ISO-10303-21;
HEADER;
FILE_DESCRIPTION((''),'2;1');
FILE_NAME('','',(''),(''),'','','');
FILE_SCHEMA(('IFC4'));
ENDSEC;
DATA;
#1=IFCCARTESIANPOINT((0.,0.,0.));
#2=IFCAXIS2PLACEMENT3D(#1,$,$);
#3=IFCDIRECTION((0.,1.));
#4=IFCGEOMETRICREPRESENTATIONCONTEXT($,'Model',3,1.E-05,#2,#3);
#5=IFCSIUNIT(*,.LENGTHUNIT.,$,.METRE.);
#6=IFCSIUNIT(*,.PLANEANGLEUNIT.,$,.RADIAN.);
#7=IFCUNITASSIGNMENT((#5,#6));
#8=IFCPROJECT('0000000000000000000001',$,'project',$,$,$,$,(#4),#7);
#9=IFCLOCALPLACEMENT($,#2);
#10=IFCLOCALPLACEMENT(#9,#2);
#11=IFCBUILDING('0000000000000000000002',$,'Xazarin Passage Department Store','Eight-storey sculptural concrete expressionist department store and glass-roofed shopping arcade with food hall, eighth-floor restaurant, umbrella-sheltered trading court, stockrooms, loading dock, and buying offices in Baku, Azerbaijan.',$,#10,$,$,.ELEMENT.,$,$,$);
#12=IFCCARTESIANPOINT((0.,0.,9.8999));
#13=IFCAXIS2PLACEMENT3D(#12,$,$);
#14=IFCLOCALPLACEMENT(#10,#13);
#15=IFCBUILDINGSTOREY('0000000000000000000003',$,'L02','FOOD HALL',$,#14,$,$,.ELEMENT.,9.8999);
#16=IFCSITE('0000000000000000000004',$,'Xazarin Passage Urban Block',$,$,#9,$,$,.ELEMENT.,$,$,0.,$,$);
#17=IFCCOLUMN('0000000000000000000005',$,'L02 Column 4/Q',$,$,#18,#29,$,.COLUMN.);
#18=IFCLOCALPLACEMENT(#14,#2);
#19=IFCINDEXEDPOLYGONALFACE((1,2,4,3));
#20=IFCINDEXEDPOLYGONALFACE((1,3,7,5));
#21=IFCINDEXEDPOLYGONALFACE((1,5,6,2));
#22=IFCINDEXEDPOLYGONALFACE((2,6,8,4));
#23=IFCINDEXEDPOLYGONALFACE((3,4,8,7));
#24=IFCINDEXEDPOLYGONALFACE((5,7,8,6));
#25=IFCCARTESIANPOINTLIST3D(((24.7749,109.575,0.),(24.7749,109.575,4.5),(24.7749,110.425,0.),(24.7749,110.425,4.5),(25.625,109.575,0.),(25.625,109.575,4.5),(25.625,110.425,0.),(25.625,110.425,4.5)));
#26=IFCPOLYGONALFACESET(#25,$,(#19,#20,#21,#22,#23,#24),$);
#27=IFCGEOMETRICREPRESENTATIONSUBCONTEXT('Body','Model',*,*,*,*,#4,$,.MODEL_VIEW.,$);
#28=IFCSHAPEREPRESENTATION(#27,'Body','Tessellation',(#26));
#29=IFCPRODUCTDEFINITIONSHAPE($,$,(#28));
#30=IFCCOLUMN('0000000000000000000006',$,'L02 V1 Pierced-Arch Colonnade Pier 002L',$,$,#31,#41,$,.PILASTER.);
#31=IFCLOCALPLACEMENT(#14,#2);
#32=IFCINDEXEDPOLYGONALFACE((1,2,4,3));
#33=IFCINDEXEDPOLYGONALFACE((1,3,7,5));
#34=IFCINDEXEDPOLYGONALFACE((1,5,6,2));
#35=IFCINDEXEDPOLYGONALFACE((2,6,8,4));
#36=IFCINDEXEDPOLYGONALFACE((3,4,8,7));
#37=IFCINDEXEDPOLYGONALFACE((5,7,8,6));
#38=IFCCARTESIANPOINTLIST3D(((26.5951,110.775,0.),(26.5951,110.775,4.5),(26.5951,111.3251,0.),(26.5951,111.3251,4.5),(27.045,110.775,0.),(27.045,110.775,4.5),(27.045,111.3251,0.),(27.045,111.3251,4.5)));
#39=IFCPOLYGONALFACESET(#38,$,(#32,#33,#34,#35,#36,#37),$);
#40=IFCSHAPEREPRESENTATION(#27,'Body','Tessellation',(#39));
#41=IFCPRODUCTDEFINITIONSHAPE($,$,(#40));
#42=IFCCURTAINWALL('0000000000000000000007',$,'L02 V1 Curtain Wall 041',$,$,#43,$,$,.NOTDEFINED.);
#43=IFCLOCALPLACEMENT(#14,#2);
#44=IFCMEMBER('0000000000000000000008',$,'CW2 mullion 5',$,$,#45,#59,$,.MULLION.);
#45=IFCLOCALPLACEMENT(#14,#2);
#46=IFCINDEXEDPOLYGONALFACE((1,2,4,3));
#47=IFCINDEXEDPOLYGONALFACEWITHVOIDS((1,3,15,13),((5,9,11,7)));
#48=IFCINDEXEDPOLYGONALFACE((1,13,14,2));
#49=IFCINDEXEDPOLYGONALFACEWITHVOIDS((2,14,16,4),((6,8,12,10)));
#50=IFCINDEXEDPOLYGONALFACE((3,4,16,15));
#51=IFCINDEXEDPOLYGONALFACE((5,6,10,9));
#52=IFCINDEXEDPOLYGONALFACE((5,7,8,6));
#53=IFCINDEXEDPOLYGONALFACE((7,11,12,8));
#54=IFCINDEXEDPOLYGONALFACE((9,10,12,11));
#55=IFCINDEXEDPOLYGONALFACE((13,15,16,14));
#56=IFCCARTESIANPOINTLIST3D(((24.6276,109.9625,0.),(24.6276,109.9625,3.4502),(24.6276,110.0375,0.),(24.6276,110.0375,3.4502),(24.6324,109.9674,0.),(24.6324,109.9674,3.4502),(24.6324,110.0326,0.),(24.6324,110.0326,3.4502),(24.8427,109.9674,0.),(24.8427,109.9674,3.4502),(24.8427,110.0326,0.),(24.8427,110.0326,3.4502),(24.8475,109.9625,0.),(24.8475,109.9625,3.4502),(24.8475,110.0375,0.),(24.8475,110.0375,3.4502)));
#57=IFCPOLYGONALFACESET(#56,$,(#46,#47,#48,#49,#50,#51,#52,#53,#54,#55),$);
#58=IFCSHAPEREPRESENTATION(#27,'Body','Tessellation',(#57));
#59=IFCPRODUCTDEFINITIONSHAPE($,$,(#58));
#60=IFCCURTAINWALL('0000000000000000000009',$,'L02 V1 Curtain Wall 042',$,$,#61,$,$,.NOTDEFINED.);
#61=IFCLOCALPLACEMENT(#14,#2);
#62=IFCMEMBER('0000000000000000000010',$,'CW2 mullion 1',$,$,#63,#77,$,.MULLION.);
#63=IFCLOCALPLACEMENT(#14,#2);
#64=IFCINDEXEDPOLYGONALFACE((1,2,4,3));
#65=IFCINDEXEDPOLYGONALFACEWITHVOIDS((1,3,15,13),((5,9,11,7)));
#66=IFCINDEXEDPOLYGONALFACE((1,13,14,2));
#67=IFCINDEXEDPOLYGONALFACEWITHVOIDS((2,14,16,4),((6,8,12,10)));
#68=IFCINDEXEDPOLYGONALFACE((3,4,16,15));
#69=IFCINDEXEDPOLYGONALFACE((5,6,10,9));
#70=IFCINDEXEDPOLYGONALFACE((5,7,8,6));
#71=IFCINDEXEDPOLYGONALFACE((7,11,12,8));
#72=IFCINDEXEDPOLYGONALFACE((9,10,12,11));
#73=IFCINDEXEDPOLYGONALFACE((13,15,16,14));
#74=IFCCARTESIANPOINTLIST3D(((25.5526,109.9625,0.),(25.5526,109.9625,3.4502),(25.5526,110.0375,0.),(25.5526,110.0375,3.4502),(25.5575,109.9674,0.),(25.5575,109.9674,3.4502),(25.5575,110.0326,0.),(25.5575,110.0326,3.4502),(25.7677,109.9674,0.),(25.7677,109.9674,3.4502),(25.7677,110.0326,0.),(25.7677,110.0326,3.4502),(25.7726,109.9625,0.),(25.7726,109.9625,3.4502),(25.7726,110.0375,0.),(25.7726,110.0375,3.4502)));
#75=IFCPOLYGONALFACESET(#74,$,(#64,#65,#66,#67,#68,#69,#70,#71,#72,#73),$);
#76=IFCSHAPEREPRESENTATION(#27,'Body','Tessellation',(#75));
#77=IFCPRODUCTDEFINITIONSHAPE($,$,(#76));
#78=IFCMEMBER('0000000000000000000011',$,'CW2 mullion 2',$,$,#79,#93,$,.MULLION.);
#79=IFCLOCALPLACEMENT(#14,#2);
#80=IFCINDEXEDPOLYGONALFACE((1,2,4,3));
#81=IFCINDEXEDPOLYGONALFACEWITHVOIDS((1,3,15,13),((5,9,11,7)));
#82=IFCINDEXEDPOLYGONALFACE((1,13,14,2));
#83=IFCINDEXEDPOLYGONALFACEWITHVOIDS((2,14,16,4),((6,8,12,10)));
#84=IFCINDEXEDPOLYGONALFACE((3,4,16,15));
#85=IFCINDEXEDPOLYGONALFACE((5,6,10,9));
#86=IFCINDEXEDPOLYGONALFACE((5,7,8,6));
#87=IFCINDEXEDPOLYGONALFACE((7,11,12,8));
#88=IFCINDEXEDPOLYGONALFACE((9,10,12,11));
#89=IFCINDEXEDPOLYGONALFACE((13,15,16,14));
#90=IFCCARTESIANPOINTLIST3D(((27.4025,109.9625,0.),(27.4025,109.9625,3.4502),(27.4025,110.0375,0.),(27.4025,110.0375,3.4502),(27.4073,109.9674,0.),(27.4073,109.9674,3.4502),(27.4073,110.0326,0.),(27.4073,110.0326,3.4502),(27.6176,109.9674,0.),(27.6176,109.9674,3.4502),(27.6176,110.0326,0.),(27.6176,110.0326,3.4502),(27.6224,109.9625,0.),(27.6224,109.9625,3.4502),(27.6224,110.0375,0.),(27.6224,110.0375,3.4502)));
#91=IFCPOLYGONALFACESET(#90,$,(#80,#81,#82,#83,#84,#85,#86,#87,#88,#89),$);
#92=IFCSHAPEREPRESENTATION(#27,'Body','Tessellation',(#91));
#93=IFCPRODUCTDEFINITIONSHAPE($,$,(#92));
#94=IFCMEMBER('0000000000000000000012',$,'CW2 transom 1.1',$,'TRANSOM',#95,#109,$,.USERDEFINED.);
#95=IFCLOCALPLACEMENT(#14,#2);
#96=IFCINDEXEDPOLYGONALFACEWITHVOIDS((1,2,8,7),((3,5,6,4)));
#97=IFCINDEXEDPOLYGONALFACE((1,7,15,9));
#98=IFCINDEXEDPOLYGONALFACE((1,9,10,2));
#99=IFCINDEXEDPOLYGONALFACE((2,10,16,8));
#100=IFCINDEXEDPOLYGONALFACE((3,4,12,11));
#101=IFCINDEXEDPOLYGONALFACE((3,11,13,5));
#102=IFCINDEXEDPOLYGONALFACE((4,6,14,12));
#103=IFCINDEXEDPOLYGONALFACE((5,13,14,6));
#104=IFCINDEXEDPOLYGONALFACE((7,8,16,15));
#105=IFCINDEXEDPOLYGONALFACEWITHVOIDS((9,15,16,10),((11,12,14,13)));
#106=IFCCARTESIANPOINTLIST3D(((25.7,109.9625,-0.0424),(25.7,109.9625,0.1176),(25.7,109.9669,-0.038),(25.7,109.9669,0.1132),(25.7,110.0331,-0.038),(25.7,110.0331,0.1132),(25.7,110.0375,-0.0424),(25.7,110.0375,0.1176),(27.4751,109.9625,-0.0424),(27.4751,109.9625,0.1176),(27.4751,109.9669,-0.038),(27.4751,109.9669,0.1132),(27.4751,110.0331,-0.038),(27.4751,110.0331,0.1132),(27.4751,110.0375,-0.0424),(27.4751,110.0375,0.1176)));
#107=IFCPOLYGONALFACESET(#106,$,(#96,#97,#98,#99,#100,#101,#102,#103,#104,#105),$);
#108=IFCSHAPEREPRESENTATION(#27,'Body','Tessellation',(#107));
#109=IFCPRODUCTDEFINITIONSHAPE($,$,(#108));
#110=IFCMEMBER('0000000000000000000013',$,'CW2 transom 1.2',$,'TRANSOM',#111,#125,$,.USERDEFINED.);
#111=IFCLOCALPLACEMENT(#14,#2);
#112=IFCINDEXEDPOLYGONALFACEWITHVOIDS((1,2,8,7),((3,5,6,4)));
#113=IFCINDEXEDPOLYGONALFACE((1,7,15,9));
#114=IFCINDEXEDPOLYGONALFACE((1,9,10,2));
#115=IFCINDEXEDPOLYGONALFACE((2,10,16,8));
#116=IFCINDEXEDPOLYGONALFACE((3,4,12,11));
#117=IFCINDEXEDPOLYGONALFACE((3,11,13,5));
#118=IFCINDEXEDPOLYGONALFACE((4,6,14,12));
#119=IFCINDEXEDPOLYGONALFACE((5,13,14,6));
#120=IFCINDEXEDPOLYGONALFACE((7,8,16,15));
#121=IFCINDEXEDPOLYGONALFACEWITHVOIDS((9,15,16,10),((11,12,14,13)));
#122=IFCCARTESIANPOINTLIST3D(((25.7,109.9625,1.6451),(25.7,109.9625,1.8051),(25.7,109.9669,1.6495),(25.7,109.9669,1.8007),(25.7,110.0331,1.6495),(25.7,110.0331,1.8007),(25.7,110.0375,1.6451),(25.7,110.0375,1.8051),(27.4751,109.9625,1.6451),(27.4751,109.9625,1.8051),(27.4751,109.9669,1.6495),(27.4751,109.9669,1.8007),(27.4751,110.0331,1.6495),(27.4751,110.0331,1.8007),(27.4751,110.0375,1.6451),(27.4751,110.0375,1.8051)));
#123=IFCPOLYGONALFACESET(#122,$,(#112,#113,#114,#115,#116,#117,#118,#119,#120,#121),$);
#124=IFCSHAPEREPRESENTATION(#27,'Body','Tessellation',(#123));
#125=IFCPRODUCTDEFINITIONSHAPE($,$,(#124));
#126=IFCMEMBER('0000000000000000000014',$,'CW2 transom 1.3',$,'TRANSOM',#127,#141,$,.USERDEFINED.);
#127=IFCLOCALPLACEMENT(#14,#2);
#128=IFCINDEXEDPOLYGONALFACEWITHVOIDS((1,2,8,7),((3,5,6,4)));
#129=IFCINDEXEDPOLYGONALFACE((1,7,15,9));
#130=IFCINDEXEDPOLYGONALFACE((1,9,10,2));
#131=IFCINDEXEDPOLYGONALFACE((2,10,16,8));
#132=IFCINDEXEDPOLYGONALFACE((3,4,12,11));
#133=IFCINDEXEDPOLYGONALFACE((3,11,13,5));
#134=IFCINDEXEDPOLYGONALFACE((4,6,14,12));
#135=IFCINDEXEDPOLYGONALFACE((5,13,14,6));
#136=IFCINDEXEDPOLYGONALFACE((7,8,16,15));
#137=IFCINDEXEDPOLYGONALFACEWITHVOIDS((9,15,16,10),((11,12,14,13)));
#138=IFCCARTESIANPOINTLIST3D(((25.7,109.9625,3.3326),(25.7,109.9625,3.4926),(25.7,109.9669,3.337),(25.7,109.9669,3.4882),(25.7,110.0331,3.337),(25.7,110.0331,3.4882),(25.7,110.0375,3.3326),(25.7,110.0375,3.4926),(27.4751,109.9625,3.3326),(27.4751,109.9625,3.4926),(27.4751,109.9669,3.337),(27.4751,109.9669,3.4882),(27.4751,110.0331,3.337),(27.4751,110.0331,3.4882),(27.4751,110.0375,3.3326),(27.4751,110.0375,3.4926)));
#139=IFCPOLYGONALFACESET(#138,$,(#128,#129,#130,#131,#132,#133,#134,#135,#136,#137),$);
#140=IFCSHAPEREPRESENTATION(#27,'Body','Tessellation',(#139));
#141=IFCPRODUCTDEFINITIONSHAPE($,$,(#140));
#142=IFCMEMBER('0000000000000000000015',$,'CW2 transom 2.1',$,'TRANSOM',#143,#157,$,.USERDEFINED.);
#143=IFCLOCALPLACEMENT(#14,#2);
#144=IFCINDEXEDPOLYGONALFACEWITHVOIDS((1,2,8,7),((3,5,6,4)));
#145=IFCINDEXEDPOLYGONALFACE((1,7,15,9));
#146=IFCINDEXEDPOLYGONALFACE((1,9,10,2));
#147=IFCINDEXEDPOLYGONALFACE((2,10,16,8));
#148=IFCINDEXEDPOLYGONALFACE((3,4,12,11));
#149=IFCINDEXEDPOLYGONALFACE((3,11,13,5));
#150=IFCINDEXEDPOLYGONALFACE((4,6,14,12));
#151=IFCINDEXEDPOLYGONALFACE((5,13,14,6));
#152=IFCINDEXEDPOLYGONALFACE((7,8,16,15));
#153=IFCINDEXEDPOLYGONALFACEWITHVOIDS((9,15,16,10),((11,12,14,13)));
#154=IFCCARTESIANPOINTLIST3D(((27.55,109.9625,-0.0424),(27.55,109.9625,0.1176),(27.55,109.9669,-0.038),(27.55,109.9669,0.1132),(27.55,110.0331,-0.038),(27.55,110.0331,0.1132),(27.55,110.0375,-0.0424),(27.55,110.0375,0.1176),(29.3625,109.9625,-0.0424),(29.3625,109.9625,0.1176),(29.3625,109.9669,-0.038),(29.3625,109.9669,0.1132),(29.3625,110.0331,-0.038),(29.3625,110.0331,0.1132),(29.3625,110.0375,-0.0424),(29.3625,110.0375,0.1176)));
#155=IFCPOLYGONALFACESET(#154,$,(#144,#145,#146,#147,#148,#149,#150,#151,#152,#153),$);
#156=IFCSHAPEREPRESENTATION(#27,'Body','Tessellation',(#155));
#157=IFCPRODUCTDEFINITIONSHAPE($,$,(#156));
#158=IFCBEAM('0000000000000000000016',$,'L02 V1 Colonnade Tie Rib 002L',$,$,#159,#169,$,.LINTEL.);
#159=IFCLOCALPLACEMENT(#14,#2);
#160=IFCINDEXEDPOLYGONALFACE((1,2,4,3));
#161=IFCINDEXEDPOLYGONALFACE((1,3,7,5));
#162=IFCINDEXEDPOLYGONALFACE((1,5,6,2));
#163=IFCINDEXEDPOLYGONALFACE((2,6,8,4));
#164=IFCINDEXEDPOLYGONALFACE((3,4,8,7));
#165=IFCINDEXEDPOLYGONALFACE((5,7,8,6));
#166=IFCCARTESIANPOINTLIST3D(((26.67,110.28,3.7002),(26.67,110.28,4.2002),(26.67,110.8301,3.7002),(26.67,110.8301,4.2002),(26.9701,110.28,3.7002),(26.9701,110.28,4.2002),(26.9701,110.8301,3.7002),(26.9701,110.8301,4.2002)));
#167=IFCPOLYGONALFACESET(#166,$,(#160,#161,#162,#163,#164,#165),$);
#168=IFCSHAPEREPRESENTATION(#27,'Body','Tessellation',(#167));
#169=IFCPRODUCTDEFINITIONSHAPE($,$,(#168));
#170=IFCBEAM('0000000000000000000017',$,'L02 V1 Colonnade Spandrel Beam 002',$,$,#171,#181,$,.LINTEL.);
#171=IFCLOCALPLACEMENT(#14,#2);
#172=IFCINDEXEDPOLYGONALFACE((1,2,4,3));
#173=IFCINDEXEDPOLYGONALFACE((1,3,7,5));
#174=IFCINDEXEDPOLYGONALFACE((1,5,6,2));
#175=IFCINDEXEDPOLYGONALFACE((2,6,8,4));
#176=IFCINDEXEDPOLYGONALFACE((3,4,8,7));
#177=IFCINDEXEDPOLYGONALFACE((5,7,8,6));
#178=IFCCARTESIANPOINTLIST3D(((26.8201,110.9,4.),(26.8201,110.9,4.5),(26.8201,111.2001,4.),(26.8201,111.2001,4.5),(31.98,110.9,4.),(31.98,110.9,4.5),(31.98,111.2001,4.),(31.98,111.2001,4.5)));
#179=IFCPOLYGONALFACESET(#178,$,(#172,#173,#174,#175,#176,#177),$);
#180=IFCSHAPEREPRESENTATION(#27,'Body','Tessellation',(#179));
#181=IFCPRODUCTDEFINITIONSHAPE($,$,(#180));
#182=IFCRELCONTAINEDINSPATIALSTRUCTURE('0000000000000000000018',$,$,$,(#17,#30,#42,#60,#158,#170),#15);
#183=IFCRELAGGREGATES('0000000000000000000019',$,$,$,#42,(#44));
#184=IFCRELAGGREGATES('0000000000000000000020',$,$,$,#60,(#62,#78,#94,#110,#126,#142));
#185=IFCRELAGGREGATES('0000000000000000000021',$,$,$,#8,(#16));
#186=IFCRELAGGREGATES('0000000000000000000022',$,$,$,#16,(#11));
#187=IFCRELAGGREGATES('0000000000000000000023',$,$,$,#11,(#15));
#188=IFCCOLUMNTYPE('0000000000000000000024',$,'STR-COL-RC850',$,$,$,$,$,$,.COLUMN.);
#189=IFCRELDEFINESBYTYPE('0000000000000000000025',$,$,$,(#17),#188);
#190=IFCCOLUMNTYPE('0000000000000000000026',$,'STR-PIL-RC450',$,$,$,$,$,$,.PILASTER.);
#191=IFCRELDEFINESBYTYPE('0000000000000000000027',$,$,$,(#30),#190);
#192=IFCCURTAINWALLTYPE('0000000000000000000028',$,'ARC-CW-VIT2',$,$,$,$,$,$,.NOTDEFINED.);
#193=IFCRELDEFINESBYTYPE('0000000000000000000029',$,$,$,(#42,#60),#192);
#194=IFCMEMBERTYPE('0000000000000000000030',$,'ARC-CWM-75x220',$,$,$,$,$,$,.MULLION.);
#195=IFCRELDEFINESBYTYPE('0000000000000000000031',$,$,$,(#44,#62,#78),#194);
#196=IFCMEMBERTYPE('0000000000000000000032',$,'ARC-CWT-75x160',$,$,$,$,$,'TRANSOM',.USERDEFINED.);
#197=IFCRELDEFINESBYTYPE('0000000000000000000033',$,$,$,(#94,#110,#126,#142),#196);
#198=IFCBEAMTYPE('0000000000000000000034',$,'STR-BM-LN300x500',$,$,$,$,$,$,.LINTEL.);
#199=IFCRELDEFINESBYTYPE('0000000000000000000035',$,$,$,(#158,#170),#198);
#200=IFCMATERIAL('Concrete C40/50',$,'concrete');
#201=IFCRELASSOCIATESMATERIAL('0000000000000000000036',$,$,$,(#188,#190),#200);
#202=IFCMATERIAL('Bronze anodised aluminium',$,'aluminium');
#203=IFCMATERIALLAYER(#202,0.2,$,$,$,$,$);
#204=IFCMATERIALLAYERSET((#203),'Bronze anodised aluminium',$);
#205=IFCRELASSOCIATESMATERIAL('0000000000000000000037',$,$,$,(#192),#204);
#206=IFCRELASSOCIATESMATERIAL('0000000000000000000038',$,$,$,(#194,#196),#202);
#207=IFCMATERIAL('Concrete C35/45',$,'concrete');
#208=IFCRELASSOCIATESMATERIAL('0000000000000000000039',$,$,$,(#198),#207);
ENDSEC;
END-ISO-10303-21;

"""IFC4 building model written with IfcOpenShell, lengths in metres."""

from ifc_helpers import new_model, si_unit, direction, frame, origin, origin_2d, place, context, subcontext, project, spatial, rectangle, hollow_rectangle, extrude, material, layer, layer_set, material_profile, profile_set, type_object, element, aggregate, save


model = new_model("IFC4")

# Units and contexts
model_context = context("Model", 3, precision=1e-05, world=origin(), true_north=direction((0.0, 1.0)))
body_context = subcontext(model_context, "Body", "Model", "MODEL_VIEW")
ifc_project = project(units=[si_unit("LENGTHUNIT", "METRE"), si_unit("PLANEANGLEUNIT", "RADIAN")], contexts=[model_context])

# Site, building, storey
site_placement = place(None, origin())
site = spatial("IfcSite", under=ifc_project, at=site_placement, Name="Xazarin Passage Urban Block", CompositionType="ELEMENT", RefElevation=0.0)
building_placement = place(site_placement, origin())
building = spatial("IfcBuilding", under=site, at=building_placement, Name="Xazarin Passage Department Store", Description="Eight-storey sculptural concrete expressionist department store and glass-roofed shopping arcade with food hall, eighth-floor restaurant, umbrella-sheltered trading court, stockrooms, loading dock, and buying offices in Baku, Azerbaijan.", CompositionType="ELEMENT")
storey_placement = place(building_placement, frame((0.0, 0.0, 9.8999)))
storey = spatial("IfcBuildingStorey", under=building, at=storey_placement, Name="L02", Description="FOOD HALL", CompositionType="ELEMENT", Elevation=9.8999)

# Columns
ifc_material_1 = material(Name="Concrete C40/50", Category="concrete")
ifc_material_profile_1 = material_profile(ifc_material_1, rectangle(XDim=0.8501, YDim=0.8501, at=origin_2d()), Name="RC 850x850")
ifc_profile_set_1 = profile_set([ifc_material_profile_1], Name="Concrete C40/50")
column_type_1 = type_object("IfcColumnType", Name="STR-COL-RC850", PredefinedType="COLUMN", material=ifc_profile_set_1)
column_1_placement = place(storey_placement, frame((25.2, 110.0, 0.0), z_axis=(0.0, 0.0, 1.0), x_axis=(1.0, 0.0, 0.0)))
element("IfcColumn", 1, at=column_1_placement, inside=storey, type_object=column_type_1, Name="L02 Column 4/Q", PredefinedType="COLUMN", context=body_context, shape_type="SweptSolid", body=[
    extrude(rectangle(XDim=0.8501, YDim=0.8501, at=origin_2d()), origin(), (0.0, 0.0, 1.0), 4.5),
])
ifc_material_profile_2 = material_profile(ifc_material_1, rectangle(XDim=0.45, YDim=0.55, at=origin_2d()), Name="RC 450x550")
ifc_profile_set_2 = profile_set([ifc_material_profile_2], Name="Concrete C40/50")
column_type_2 = type_object("IfcColumnType", Name="STR-PIL-RC450", PredefinedType="PILASTER", material=ifc_profile_set_2)
column_2_placement = place(storey_placement, frame((26.8201, 111.05, 0.0), z_axis=(0.0, 0.0, 1.0), x_axis=(1.0, 0.0, 0.0)))
element("IfcColumn", 2, at=column_2_placement, inside=storey, type_object=column_type_2, Name="L02 V1 Pierced-Arch Colonnade Pier 002L", PredefinedType="PILASTER", context=body_context, shape_type="SweptSolid", body=[
    extrude(rectangle(XDim=0.45, YDim=0.55, at=origin_2d()), origin(), (0.0, 0.0, 1.0), 4.5),
])

# Curtain wall, member
ifc_material_2 = material(Name="Bronze anodised aluminium", Category="aluminium")
ifc_layer_1 = layer(ifc_material_2, 0.2)
ifc_layer_set_1 = layer_set([ifc_layer_1], Name="Bronze anodised aluminium")
curtain_wall_type = type_object("IfcCurtainWallType", Name="ARC-CW-VIT2", PredefinedType="NOTDEFINED", material=ifc_layer_set_1)
curtain_wall_1_placement = place(storey_placement, origin())
curtain_wall_1 = element("IfcCurtainWall", 3, at=curtain_wall_1_placement, inside=storey, type_object=curtain_wall_type, Name="L02 V1 Curtain Wall 041", PredefinedType="NOTDEFINED")
ifc_material_profile_3 = material_profile(ifc_material_2, hollow_rectangle(XDim=0.075, YDim=0.22, WallThickness=0.0049, at=origin_2d()), Name="ALU 75x220")
ifc_profile_set_3 = profile_set([ifc_material_profile_3], Name="Bronze anodised aluminium")
member_type_1 = type_object("IfcMemberType", Name="ARC-CWM-75x220", PredefinedType="MULLION", material=ifc_profile_set_3)
member_1_placement = place(storey_placement, frame((24.7375, 110.0, 0.0), z_axis=(0.0, 0.0, 1.0), x_axis=(0.0, 1.0, 0.0)))
member_1 = element("IfcMember", 4, at=member_1_placement, type_object=member_type_1, Name="CW2 mullion 5", PredefinedType="MULLION", context=body_context, shape_type="SweptSolid", body=[
    extrude(hollow_rectangle(XDim=0.075, YDim=0.22, WallThickness=0.0049, at=origin_2d()), origin(), (0.0, 0.0, 1.0), 3.4502),
])
aggregate(curtain_wall_1, [member_1])

# Curtain wall, members
curtain_wall_2_placement = place(storey_placement, origin())
curtain_wall_2 = element("IfcCurtainWall", 5, at=curtain_wall_2_placement, inside=storey, type_object=curtain_wall_type, Name="L02 V1 Curtain Wall 042", PredefinedType="NOTDEFINED")
member_2_placement = place(storey_placement, frame((25.6626, 110.0, 0.0), z_axis=(0.0, 0.0, 1.0), x_axis=(0.0, 1.0, 0.0)))
member_2 = element("IfcMember", 6, at=member_2_placement, type_object=member_type_1, Name="CW2 mullion 1", PredefinedType="MULLION", context=body_context, shape_type="SweptSolid", body=[
    extrude(hollow_rectangle(XDim=0.075, YDim=0.22, WallThickness=0.0049, at=origin_2d()), origin(), (0.0, 0.0, 1.0), 3.4502),
])
member_3_placement = place(storey_placement, frame((27.5125, 110.0, 0.0), z_axis=(0.0, 0.0, 1.0), x_axis=(0.0, 1.0, 0.0)))
member_3 = element("IfcMember", 7, at=member_3_placement, type_object=member_type_1, Name="CW2 mullion 2", PredefinedType="MULLION", context=body_context, shape_type="SweptSolid", body=[
    extrude(hollow_rectangle(XDim=0.075, YDim=0.22, WallThickness=0.0049, at=origin_2d()), origin(), (0.0, 0.0, 1.0), 3.4502),
])
ifc_material_profile_4 = material_profile(ifc_material_2, hollow_rectangle(XDim=0.075, YDim=0.1599, WallThickness=0.0044, at=origin_2d()), Name="ALU 75x160")
ifc_profile_set_4 = profile_set([ifc_material_profile_4], Name="Bronze anodised aluminium")
member_type_2 = type_object("IfcMemberType", Name="ARC-CWT-75x160", ElementType="TRANSOM", PredefinedType="USERDEFINED", material=ifc_profile_set_4)
member_4_placement = place(storey_placement, frame((25.7, 110.0, 0.0376), z_axis=(1.0, 0.0, 0.0), x_axis=(0.0, 1.0, 0.0)))
member_4 = element("IfcMember", 8, at=member_4_placement, type_object=member_type_2, Name="CW2 transom 1.1", ObjectType="TRANSOM", PredefinedType="USERDEFINED", context=body_context, shape_type="SweptSolid", body=[
    extrude(hollow_rectangle(XDim=0.075, YDim=0.1599, WallThickness=0.0044, at=origin_2d()), origin(), (0.0, 0.0, 1.0), 1.7751),
])
member_5_placement = place(storey_placement, frame((25.7, 110.0, 1.7251), z_axis=(1.0, 0.0, 0.0), x_axis=(0.0, 1.0, 0.0)))
member_5 = element("IfcMember", 9, at=member_5_placement, type_object=member_type_2, Name="CW2 transom 1.2", ObjectType="TRANSOM", PredefinedType="USERDEFINED", context=body_context, shape_type="SweptSolid", body=[
    extrude(hollow_rectangle(XDim=0.075, YDim=0.1599, WallThickness=0.0044, at=origin_2d()), origin(), (0.0, 0.0, 1.0), 1.7751),
])
member_6_placement = place(storey_placement, frame((25.7, 110.0, 3.4126), z_axis=(1.0, 0.0, 0.0), x_axis=(0.0, 1.0, 0.0)))
member_6 = element("IfcMember", 10, at=member_6_placement, type_object=member_type_2, Name="CW2 transom 1.3", ObjectType="TRANSOM", PredefinedType="USERDEFINED", context=body_context, shape_type="SweptSolid", body=[
    extrude(hollow_rectangle(XDim=0.075, YDim=0.1599, WallThickness=0.0044, at=origin_2d()), origin(), (0.0, 0.0, 1.0), 1.7751),
])
member_7_placement = place(storey_placement, frame((27.55, 110.0, 0.0376), z_axis=(1.0, 0.0, 0.0), x_axis=(0.0, 1.0, 0.0)))
member_7 = element("IfcMember", 11, at=member_7_placement, type_object=member_type_2, Name="CW2 transom 2.1", ObjectType="TRANSOM", PredefinedType="USERDEFINED", context=body_context, shape_type="SweptSolid", body=[
    extrude(hollow_rectangle(XDim=0.075, YDim=0.1599, WallThickness=0.0044, at=origin_2d()), origin(), (0.0, 0.0, 1.0), 1.8125),
])

# Beams
ifc_material_3 = material(Name="Concrete C35/45", Category="concrete")
ifc_material_profile_5 = material_profile(ifc_material_3, rectangle(XDim=0.3, YDim=0.5, at=origin_2d()), Name="RC 300x500")
ifc_profile_set_5 = profile_set([ifc_material_profile_5], Name="Concrete C35/45")
beam_type_1 = type_object("IfcBeamType", Name="STR-BM-LN300x500", PredefinedType="LINTEL", material=ifc_profile_set_5)
beam_1_placement = place(storey_placement, frame((26.8201, 110.28, 3.9502), z_axis=(0.0, 1.0, 0.0), x_axis=(-1.0, 0.0, 0.0)))
element("IfcBeam", 12, at=beam_1_placement, inside=storey, type_object=beam_type_1, Name="L02 V1 Colonnade Tie Rib 002L", PredefinedType="LINTEL", context=body_context, shape_type="SweptSolid", body=[
    extrude(rectangle(XDim=0.3, YDim=0.5, at=origin_2d()), origin(), (0.0, 0.0, 1.0), 0.55),
])
beam_2_placement = place(storey_placement, frame((26.8201, 111.05, 4.25), z_axis=(1.0, 0.0, 0.0), x_axis=(0.0, 1.0, 0.0)))
element("IfcBeam", 13, at=beam_2_placement, inside=storey, type_object=beam_type_1, Name="L02 V1 Colonnade Spandrel Beam 002", PredefinedType="LINTEL", context=body_context, shape_type="SweptSolid", body=[
    extrude(rectangle(XDim=0.3, YDim=0.5, at=origin_2d()), origin(), (0.0, 0.0, 1.0), 5.1599),
])

aggregate(curtain_wall_2, [member_2, member_3, member_4, member_5, member_6, member_7])

save(model, "model.ifc")
